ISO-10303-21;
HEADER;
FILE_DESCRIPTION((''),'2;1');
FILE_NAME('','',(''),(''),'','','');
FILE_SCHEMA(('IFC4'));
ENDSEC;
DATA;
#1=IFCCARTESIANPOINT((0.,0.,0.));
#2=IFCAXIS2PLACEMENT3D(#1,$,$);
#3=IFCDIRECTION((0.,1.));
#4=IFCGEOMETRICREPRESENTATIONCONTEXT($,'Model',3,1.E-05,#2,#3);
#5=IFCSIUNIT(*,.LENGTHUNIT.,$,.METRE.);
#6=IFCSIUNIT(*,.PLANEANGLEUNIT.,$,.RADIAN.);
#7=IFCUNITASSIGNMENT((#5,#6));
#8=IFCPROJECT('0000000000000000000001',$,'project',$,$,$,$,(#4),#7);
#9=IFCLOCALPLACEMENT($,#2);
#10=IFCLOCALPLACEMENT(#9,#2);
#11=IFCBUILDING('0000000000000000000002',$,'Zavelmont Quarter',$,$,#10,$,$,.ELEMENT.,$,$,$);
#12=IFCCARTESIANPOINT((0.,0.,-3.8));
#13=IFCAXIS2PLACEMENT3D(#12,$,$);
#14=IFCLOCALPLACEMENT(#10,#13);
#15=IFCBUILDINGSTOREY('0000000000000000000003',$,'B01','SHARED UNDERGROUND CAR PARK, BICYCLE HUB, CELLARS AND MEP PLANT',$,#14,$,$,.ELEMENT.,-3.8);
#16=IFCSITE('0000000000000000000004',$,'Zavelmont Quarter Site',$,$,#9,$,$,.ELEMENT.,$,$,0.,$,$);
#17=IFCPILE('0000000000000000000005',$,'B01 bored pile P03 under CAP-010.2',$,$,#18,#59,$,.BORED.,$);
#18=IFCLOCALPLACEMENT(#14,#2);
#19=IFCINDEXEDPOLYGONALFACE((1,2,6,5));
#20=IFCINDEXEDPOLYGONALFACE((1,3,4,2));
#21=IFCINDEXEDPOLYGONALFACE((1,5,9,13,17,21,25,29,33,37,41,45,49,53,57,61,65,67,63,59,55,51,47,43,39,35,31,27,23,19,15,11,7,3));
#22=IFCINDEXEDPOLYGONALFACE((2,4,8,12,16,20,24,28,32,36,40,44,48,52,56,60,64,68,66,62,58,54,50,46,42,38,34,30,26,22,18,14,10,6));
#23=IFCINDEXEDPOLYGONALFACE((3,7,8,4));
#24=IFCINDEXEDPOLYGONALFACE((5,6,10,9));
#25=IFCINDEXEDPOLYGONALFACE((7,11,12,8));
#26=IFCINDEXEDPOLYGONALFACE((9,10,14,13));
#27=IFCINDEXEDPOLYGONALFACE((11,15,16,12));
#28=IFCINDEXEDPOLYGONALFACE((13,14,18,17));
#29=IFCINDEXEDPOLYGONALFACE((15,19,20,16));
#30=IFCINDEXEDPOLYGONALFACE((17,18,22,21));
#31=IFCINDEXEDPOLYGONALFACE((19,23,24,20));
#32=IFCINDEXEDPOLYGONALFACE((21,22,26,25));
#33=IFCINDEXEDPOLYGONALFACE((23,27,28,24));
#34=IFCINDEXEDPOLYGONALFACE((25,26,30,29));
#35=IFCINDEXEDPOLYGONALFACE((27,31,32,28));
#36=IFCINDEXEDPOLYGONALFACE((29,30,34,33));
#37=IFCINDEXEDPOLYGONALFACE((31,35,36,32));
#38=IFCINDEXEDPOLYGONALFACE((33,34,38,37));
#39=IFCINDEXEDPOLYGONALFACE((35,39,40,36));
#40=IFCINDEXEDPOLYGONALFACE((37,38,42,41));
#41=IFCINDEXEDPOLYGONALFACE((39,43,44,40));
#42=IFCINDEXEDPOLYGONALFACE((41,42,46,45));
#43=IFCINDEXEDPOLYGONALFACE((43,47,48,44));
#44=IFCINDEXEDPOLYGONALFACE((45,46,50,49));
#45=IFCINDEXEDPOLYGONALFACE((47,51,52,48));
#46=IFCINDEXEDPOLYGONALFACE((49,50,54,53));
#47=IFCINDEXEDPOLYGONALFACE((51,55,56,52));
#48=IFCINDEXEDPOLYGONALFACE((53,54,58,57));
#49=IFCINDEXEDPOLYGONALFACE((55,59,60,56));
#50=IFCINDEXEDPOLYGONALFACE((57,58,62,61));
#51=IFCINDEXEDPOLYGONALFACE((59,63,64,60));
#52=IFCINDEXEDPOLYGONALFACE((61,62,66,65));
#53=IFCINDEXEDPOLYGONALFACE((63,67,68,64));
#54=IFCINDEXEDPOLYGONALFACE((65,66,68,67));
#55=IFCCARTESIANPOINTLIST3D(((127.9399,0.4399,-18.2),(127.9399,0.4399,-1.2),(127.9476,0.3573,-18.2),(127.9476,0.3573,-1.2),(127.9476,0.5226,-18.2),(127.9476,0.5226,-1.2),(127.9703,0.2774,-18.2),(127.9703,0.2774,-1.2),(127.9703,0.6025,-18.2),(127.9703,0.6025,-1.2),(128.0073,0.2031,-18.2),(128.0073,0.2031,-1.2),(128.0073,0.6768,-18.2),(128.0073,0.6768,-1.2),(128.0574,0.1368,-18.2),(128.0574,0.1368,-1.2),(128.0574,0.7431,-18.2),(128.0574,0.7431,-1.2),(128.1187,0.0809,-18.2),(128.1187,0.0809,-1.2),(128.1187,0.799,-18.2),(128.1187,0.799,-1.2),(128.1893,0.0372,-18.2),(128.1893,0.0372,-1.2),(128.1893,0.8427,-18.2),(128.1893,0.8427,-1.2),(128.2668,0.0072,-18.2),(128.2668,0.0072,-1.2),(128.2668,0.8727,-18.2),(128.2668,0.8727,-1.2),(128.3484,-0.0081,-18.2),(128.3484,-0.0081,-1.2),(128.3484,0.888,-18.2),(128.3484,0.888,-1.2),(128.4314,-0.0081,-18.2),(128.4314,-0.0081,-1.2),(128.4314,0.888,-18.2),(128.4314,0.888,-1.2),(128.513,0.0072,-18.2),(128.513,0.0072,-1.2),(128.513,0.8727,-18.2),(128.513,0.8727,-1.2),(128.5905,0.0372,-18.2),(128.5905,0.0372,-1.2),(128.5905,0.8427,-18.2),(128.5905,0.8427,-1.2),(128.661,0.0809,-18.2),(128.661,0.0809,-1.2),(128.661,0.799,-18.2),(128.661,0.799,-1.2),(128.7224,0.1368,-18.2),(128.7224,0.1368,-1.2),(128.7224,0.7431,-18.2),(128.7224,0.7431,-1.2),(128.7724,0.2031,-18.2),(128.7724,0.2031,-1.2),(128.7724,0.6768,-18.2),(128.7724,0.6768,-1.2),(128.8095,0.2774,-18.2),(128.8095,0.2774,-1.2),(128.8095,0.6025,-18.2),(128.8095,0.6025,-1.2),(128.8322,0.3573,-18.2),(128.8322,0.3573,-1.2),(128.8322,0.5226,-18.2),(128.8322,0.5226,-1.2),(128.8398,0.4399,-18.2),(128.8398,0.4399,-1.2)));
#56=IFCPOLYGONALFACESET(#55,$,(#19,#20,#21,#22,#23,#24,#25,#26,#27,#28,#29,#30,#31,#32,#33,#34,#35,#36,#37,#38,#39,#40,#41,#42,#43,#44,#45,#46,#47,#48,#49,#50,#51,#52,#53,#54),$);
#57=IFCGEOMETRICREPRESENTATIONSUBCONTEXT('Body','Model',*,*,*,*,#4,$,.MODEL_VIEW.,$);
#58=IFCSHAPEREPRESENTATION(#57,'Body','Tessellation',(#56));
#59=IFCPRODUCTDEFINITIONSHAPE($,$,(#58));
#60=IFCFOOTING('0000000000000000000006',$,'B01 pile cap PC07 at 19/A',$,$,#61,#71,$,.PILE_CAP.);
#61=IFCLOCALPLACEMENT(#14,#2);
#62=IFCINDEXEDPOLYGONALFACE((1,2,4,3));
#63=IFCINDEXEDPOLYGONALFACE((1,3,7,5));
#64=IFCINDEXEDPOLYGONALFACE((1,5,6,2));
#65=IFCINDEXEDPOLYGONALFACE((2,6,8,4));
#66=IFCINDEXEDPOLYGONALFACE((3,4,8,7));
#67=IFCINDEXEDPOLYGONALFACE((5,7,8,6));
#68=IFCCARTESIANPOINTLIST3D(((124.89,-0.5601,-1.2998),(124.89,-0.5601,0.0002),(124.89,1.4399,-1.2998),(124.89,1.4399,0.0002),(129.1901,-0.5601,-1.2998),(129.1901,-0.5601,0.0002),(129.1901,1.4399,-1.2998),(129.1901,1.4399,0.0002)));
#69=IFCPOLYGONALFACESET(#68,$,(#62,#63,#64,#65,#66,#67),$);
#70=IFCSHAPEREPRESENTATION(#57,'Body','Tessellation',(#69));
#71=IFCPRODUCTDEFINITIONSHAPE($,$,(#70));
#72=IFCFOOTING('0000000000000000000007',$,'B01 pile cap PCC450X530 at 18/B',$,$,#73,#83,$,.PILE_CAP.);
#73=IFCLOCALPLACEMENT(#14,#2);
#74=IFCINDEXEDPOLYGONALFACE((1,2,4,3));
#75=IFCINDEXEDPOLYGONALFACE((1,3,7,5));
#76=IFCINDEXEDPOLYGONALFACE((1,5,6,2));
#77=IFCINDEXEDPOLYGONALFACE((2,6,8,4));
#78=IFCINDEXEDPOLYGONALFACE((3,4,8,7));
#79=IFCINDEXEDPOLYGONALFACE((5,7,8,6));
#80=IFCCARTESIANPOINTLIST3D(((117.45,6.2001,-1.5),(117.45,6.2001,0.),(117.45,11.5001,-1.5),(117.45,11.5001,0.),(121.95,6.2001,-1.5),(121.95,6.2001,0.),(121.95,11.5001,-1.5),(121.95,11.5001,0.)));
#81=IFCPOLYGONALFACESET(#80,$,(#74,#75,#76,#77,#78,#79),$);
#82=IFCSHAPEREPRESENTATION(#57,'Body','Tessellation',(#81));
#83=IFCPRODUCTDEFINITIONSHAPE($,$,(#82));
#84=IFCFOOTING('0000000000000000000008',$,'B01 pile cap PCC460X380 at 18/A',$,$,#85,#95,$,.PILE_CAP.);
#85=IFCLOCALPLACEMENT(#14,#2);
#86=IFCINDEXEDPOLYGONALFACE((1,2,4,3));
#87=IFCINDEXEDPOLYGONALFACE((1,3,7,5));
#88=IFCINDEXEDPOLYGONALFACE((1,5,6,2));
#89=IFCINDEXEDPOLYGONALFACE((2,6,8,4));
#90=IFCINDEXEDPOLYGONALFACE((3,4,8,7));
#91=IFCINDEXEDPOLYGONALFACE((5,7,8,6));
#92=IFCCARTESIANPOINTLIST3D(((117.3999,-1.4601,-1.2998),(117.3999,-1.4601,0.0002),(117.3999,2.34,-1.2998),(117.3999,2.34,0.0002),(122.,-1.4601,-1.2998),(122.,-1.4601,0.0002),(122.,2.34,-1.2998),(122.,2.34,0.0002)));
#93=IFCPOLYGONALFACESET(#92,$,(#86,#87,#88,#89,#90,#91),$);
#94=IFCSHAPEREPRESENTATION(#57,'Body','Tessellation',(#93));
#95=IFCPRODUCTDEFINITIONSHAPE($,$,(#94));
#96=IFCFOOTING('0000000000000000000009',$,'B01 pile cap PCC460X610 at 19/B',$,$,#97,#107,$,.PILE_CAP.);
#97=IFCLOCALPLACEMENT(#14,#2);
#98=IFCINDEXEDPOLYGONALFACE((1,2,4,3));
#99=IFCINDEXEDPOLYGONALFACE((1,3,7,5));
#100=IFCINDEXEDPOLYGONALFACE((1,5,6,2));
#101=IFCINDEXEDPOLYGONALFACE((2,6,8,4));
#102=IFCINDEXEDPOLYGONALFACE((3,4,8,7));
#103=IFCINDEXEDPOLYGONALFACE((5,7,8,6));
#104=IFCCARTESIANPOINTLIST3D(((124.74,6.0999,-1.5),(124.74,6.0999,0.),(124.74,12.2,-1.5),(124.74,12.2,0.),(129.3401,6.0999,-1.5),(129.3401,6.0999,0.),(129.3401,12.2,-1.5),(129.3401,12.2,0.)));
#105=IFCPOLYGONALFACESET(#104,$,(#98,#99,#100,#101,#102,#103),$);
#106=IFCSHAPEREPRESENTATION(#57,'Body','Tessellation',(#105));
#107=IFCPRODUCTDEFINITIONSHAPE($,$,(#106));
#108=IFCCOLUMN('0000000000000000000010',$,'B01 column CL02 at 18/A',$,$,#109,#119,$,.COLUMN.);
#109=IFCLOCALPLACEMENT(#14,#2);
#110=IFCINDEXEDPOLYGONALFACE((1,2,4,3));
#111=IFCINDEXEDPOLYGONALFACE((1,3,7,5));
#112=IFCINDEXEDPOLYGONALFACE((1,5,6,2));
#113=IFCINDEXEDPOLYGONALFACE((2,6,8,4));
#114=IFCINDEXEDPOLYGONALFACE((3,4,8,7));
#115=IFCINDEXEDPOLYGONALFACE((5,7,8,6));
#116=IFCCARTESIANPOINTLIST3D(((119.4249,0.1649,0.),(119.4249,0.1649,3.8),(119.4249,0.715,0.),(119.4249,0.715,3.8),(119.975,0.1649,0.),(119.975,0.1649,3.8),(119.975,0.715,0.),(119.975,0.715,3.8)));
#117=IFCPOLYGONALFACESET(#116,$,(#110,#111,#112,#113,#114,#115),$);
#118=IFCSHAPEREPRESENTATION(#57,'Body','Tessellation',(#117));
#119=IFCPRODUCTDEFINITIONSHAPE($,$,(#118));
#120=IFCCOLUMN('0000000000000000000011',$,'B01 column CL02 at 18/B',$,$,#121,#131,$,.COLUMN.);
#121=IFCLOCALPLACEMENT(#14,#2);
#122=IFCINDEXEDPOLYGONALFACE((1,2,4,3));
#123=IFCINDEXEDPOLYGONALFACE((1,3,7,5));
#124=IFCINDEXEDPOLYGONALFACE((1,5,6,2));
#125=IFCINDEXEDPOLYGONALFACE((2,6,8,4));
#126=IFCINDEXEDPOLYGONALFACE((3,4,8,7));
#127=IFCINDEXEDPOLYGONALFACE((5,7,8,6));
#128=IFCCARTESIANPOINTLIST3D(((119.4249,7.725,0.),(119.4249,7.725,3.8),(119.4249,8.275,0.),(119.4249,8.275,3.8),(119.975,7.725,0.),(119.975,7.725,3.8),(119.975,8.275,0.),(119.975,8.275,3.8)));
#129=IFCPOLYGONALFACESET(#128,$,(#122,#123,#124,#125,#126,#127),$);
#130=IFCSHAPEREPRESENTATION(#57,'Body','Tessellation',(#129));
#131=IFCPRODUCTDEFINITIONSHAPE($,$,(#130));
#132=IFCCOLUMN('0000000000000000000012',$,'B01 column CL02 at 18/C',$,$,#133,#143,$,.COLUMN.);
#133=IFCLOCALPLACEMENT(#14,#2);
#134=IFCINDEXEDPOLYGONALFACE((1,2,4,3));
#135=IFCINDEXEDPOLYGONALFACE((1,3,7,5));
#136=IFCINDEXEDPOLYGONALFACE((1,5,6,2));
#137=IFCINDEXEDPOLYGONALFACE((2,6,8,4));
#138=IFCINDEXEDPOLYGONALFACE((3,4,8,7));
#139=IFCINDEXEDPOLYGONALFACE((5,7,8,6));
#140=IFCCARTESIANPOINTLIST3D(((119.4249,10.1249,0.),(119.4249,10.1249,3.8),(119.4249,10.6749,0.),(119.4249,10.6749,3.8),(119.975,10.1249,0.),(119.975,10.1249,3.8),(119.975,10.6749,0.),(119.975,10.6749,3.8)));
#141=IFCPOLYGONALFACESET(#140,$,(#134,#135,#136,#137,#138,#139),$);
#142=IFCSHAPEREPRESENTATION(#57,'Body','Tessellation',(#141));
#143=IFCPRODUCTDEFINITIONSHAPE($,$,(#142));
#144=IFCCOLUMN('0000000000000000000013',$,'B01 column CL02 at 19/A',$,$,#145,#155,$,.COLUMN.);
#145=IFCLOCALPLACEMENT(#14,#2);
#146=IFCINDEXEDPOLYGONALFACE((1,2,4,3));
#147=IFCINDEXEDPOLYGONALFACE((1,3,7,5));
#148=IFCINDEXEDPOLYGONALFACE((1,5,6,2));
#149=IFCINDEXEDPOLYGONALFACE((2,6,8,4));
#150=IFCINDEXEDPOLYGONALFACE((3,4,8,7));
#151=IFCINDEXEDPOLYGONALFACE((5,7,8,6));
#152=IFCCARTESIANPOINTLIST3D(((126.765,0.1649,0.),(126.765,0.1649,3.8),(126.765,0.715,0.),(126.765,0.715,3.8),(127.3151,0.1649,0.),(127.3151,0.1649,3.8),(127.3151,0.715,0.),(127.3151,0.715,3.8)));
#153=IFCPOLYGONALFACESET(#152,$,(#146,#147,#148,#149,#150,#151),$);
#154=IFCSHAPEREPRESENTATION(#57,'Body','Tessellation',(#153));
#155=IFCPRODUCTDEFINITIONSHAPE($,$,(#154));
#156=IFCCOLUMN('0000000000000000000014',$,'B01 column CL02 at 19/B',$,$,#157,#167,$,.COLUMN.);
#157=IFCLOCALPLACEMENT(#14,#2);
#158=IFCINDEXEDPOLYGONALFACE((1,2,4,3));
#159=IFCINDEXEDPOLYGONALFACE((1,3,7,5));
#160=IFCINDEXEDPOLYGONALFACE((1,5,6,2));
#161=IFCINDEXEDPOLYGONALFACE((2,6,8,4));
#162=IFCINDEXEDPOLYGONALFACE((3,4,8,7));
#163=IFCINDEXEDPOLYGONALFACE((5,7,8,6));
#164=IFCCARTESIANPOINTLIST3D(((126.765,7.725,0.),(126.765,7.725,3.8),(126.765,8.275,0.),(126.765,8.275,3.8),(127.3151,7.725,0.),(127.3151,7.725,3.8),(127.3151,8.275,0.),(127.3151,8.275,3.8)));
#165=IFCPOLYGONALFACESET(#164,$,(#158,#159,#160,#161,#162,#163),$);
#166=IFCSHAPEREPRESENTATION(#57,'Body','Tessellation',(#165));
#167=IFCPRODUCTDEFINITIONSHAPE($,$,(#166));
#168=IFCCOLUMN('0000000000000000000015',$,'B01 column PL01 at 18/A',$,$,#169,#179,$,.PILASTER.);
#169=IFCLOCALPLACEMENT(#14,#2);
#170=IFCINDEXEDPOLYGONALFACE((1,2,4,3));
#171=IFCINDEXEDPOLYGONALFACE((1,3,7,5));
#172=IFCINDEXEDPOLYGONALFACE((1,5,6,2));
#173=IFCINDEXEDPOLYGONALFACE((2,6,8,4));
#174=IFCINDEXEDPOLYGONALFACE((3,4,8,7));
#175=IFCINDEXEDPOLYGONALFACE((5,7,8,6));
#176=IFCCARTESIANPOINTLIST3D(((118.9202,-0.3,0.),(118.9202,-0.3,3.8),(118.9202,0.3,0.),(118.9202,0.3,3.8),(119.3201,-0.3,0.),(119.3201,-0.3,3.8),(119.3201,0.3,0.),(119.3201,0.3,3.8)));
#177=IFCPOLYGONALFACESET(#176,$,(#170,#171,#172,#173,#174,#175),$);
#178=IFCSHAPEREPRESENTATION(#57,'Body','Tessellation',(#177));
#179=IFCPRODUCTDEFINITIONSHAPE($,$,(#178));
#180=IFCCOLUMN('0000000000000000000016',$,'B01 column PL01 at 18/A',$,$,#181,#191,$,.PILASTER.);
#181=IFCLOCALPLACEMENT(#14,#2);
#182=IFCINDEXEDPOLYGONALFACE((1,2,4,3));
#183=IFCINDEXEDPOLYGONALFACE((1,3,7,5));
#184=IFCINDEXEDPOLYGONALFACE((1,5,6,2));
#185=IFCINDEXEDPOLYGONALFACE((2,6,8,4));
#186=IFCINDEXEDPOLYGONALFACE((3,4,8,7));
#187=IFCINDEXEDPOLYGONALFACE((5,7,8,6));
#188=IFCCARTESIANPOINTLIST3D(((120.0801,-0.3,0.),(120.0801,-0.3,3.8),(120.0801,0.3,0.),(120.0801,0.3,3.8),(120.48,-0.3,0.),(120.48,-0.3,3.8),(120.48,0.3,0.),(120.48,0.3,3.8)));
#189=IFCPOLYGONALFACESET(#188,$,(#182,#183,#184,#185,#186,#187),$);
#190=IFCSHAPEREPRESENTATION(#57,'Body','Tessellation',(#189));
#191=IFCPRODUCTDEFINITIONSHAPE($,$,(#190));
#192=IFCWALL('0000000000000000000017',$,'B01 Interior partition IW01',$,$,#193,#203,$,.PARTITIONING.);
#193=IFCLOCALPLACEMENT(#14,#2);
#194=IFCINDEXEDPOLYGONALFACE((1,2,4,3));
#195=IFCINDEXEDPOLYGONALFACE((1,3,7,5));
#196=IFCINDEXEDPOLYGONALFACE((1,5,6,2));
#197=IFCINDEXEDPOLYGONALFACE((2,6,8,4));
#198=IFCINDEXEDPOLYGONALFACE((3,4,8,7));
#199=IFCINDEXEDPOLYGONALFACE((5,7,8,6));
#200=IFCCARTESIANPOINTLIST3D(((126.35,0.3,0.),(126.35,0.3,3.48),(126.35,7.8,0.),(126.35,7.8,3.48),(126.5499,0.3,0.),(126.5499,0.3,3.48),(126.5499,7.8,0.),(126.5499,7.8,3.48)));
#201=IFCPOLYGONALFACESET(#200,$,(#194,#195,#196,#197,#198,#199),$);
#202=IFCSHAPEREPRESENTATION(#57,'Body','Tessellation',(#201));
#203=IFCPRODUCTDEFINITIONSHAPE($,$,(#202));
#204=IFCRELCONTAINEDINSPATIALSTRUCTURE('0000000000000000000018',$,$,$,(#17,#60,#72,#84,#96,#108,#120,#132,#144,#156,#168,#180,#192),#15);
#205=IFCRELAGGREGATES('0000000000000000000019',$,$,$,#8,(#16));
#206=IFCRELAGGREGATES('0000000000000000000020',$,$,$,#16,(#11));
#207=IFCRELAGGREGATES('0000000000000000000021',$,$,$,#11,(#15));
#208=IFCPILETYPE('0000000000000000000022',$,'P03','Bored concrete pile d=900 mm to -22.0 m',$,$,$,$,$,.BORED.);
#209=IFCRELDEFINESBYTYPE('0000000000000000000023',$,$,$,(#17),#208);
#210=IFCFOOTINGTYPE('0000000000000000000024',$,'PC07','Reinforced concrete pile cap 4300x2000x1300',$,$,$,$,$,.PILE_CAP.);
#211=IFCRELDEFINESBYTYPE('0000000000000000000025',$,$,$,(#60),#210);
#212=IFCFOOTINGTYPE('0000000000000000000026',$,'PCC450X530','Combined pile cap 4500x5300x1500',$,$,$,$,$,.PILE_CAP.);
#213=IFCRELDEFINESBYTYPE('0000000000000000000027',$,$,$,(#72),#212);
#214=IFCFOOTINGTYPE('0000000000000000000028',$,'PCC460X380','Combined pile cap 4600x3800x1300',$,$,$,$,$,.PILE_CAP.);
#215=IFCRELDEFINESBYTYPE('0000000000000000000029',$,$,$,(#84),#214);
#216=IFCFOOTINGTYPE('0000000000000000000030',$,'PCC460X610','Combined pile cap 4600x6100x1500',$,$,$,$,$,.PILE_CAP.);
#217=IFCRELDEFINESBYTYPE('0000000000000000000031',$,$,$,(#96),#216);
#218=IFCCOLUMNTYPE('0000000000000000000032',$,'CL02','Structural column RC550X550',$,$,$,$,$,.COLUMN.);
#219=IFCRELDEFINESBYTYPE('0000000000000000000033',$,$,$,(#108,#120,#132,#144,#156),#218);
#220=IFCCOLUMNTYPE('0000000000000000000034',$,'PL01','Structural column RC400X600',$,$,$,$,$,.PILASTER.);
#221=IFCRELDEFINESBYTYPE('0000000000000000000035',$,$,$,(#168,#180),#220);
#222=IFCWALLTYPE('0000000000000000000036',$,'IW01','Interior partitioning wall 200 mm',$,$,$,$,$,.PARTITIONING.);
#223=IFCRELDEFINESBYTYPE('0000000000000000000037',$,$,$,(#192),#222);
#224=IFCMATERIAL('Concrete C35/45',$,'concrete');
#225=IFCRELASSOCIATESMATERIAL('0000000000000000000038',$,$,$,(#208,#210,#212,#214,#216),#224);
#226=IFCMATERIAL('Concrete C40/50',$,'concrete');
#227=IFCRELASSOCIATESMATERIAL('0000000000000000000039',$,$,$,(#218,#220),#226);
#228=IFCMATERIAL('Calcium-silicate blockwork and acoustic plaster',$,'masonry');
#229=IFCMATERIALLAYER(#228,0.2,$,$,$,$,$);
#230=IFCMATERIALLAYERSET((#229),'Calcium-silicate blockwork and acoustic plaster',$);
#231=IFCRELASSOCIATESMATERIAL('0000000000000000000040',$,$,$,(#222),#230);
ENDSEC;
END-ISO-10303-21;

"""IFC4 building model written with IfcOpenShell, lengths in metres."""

from ifc_helpers import new_model, si_unit, direction, frame, frame_2d, origin, origin_2d, place, context, subcontext, project, spatial, rectangle, circle, extrude, material, layer, layer_set, material_profile, profile_set, type_object, element, save


model = new_model("IFC4")

# Units and contexts
model_context = context("Model", 3, precision=1e-05, world=origin(), true_north=direction((0.0, 1.0)))
body_context = subcontext(model_context, "Body", "Model", "MODEL_VIEW")
ifc_project = project(units=[si_unit("LENGTHUNIT", "METRE"), si_unit("PLANEANGLEUNIT", "RADIAN")], contexts=[model_context])

# Site, building, storey
site_placement = place(None, origin())
site = spatial("IfcSite", under=ifc_project, at=site_placement, Name="Zavelmont Quarter Site", CompositionType="ELEMENT", RefElevation=0.0)
building_placement = place(site_placement, origin())
building = spatial("IfcBuilding", under=site, at=building_placement, Name="Zavelmont Quarter", CompositionType="ELEMENT")
storey_placement = place(building_placement, frame((0.0, 0.0, -3.8)))
storey = spatial("IfcBuildingStorey", under=building, at=storey_placement, Name="B01", Description="SHARED UNDERGROUND CAR PARK, BICYCLE HUB, CELLARS AND MEP PLANT", CompositionType="ELEMENT", Elevation=-3.8)

# Shared definitions
ifc_material_1 = material(Name="Concrete C35/45", Category="concrete")

# Pile
ifc_material_profile_1 = material_profile(ifc_material_1, circle(Radius=0.45, at=origin_2d()), Name="BP900")
ifc_profile_set_1 = profile_set([ifc_material_profile_1], Name="Concrete C35/45")
pile_type_1 = type_object("IfcPileType", Name="P03", Description="Bored concrete pile d=900 mm to -22.0 m", PredefinedType="BORED", material=ifc_profile_set_1)
for number, where, z_axis, x_axis, name in (
    (1, (128.3899, 0.4399, -1.2), (0.0, 0.0, -1.0), (1.0, 0.0, 0.0), "B01 bored pile P03 under CAP-010.2"),
):
    element("IfcPile", number, at=place(storey_placement, frame(where, z_axis=z_axis, x_axis=x_axis)), inside=storey, type_object=pile_type_1, Name=name, PredefinedType="BORED", context=body_context, shape_type="SweptSolid", body=[
        extrude(circle(Radius=0.45, at=origin_2d()), origin(), (0.0, 0.0, 1.0), 17.0),
    ])

# Footings
footing_type_1 = type_object("IfcFootingType", Name="PC07", Description="Reinforced concrete pile cap 4300x2000x1300", PredefinedType="PILE_CAP", material=ifc_material_1)
footing_1_placement = place(storey_placement, frame((127.04, 0.4399, -1.2998), z_axis=(0.0, 0.0, 1.0), x_axis=(1.0, 0.0, 0.0)))
element("IfcFooting", 2, at=footing_1_placement, inside=storey, type_object=footing_type_1, Name="B01 pile cap PC07 at 19/A", PredefinedType="PILE_CAP", context=body_context, shape_type="SweptSolid", body=[
    extrude(rectangle(XDim=4.3, YDim=2.0, at=origin_2d()), origin(), (0.0, 0.0, 1.0), 1.3),
])
footing_type_2 = type_object("IfcFootingType", Name="PCC450X530", Description="Combined pile cap 4500x5300x1500", PredefinedType="PILE_CAP", material=ifc_material_1)
footing_2_placement = place(storey_placement, frame((119.7, 8.8501, -1.5), z_axis=(0.0, 0.0, 1.0), x_axis=(1.0, 0.0, 0.0)))
element("IfcFooting", 3, at=footing_2_placement, inside=storey, type_object=footing_type_2, Name="B01 pile cap PCC450X530 at 18/B", PredefinedType="PILE_CAP", context=body_context, shape_type="SweptSolid", body=[
    extrude(rectangle(XDim=4.5, YDim=5.3, at=origin_2d()), origin(), (0.0, 0.0, 1.0), 1.5),
])
footing_type_3 = type_object("IfcFootingType", Name="PCC460X380", Description="Combined pile cap 4600x3800x1300", PredefinedType="PILE_CAP", material=ifc_material_1)
footing_3_placement = place(storey_placement, frame((119.7, 0.4399, -1.2998), z_axis=(0.0, 0.0, 1.0), x_axis=(1.0, 0.0, 0.0)))
element("IfcFooting", 4, at=footing_3_placement, inside=storey, type_object=footing_type_3, Name="B01 pile cap PCC460X380 at 18/A", PredefinedType="PILE_CAP", context=body_context, shape_type="SweptSolid", body=[
    extrude(rectangle(XDim=4.6001, YDim=3.8, at=origin_2d()), origin(), (0.0, 0.0, 1.0), 1.3),
])
footing_type_4 = type_object("IfcFootingType", Name="PCC460X610", Description="Combined pile cap 4600x6100x1500", PredefinedType="PILE_CAP", material=ifc_material_1)
footing_4_placement = place(storey_placement, frame((127.04, 9.1499, -1.5), z_axis=(0.0, 0.0, 1.0), x_axis=(1.0, 0.0, 0.0)))
element("IfcFooting", 5, at=footing_4_placement, inside=storey, type_object=footing_type_4, Name="B01 pile cap PCC460X610 at 19/B", PredefinedType="PILE_CAP", context=body_context, shape_type="SweptSolid", body=[
    extrude(rectangle(XDim=4.6001, YDim=6.1001, at=origin_2d()), origin(), (0.0, 0.0, 1.0), 1.5),
])

# Columns
ifc_material_2 = material(Name="Concrete C40/50", Category="concrete")
ifc_material_profile_2 = material_profile(ifc_material_2, rectangle(XDim=0.55, YDim=0.55, at=origin_2d()), Name="RC550X550")
ifc_profile_set_2 = profile_set([ifc_material_profile_2], Name="Concrete C40/50")
column_type_1 = type_object("IfcColumnType", Name="CL02", Description="Structural column RC550X550", PredefinedType="COLUMN", material=ifc_profile_set_2)
for number, where, z_axis, x_axis, name in (
    (6, (119.7, 0.4399, 0.0), (0.0, 0.0, 1.0), (1.0, 0.0, 0.0), "B01 column CL02 at 18/A"),
    (7, (119.7, 8.0, 0.0), (0.0, 0.0, 1.0), (1.0, 0.0, 0.0), "B01 column CL02 at 18/B"),
    (8, (119.7, 10.3999, 0.0), (0.0, 0.0, 1.0), (1.0, 0.0, 0.0), "B01 column CL02 at 18/C"),
    (9, (127.04, 0.4399, 0.0), (0.0, 0.0, 1.0), (1.0, 0.0, 0.0), "B01 column CL02 at 19/A"),
    (10, (127.04, 8.0, 0.0), (0.0, 0.0, 1.0), (1.0, 0.0, 0.0), "B01 column CL02 at 19/B"),
):
    element("IfcColumn", number, at=place(storey_placement, frame(where, z_axis=z_axis, x_axis=x_axis)), inside=storey, type_object=column_type_1, Name=name, PredefinedType="COLUMN", context=body_context, shape_type="SweptSolid", body=[
        extrude(rectangle(XDim=0.55, YDim=0.55, at=origin_2d()), origin(), (0.0, 0.0, 1.0), 3.8),
    ])
ifc_material_profile_3 = material_profile(ifc_material_2, rectangle(XDim=0.3999, YDim=0.6001, at=origin_2d()), Name="RC400X600")
ifc_profile_set_3 = profile_set([ifc_material_profile_3], Name="Concrete C40/50")
column_type_2 = type_object("IfcColumnType", Name="PL01", Description="Structural column RC400X600", PredefinedType="PILASTER", material=ifc_profile_set_3)
for number, where, z_axis, x_axis, name in (
    (11, (119.1201, 0.0, 0.0), (0.0, 0.0, 1.0), (1.0, 0.0, 0.0), "B01 column PL01 at 18/A"),
    (12, (120.28, 0.0, 0.0), (0.0, 0.0, 1.0), (1.0, 0.0, 0.0), "B01 column PL01 at 18/A"),
):
    element("IfcColumn", number, at=place(storey_placement, frame(where, z_axis=z_axis, x_axis=x_axis)), inside=storey, type_object=column_type_2, Name=name, PredefinedType="PILASTER", context=body_context, shape_type="SweptSolid", body=[
        extrude(rectangle(XDim=0.3999, YDim=0.6001, at=origin_2d()), origin(), (0.0, 0.0, 1.0), 3.8),
    ])

# Wall
ifc_material_3 = material(Name="Calcium-silicate blockwork and acoustic plaster", Category="masonry")
ifc_layer_1 = layer(ifc_material_3, 0.2)
ifc_layer_set_1 = layer_set([ifc_layer_1], Name="Calcium-silicate blockwork and acoustic plaster")
wall_type_1 = type_object("IfcWallType", Name="IW01", Description="Interior partitioning wall 200 mm", PredefinedType="PARTITIONING", material=ifc_layer_set_1)
wall_1_placement = place(storey_placement, frame((126.45, 0.3, 0.0), z_axis=(0.0, 0.0, 1.0), x_axis=(0.0, 1.0, 0.0)))
element("IfcWall", 13, at=wall_1_placement, inside=storey, type_object=wall_type_1, Name="B01 Interior partition IW01", PredefinedType="PARTITIONING", context=body_context, shape_type="SweptSolid", body=[
    extrude(rectangle(XDim=7.5, YDim=0.2, at=frame_2d((3.75, 0.0))), origin(), (0.0, 0.0, 1.0), 3.48),
])

save(model, "model.ifc")
